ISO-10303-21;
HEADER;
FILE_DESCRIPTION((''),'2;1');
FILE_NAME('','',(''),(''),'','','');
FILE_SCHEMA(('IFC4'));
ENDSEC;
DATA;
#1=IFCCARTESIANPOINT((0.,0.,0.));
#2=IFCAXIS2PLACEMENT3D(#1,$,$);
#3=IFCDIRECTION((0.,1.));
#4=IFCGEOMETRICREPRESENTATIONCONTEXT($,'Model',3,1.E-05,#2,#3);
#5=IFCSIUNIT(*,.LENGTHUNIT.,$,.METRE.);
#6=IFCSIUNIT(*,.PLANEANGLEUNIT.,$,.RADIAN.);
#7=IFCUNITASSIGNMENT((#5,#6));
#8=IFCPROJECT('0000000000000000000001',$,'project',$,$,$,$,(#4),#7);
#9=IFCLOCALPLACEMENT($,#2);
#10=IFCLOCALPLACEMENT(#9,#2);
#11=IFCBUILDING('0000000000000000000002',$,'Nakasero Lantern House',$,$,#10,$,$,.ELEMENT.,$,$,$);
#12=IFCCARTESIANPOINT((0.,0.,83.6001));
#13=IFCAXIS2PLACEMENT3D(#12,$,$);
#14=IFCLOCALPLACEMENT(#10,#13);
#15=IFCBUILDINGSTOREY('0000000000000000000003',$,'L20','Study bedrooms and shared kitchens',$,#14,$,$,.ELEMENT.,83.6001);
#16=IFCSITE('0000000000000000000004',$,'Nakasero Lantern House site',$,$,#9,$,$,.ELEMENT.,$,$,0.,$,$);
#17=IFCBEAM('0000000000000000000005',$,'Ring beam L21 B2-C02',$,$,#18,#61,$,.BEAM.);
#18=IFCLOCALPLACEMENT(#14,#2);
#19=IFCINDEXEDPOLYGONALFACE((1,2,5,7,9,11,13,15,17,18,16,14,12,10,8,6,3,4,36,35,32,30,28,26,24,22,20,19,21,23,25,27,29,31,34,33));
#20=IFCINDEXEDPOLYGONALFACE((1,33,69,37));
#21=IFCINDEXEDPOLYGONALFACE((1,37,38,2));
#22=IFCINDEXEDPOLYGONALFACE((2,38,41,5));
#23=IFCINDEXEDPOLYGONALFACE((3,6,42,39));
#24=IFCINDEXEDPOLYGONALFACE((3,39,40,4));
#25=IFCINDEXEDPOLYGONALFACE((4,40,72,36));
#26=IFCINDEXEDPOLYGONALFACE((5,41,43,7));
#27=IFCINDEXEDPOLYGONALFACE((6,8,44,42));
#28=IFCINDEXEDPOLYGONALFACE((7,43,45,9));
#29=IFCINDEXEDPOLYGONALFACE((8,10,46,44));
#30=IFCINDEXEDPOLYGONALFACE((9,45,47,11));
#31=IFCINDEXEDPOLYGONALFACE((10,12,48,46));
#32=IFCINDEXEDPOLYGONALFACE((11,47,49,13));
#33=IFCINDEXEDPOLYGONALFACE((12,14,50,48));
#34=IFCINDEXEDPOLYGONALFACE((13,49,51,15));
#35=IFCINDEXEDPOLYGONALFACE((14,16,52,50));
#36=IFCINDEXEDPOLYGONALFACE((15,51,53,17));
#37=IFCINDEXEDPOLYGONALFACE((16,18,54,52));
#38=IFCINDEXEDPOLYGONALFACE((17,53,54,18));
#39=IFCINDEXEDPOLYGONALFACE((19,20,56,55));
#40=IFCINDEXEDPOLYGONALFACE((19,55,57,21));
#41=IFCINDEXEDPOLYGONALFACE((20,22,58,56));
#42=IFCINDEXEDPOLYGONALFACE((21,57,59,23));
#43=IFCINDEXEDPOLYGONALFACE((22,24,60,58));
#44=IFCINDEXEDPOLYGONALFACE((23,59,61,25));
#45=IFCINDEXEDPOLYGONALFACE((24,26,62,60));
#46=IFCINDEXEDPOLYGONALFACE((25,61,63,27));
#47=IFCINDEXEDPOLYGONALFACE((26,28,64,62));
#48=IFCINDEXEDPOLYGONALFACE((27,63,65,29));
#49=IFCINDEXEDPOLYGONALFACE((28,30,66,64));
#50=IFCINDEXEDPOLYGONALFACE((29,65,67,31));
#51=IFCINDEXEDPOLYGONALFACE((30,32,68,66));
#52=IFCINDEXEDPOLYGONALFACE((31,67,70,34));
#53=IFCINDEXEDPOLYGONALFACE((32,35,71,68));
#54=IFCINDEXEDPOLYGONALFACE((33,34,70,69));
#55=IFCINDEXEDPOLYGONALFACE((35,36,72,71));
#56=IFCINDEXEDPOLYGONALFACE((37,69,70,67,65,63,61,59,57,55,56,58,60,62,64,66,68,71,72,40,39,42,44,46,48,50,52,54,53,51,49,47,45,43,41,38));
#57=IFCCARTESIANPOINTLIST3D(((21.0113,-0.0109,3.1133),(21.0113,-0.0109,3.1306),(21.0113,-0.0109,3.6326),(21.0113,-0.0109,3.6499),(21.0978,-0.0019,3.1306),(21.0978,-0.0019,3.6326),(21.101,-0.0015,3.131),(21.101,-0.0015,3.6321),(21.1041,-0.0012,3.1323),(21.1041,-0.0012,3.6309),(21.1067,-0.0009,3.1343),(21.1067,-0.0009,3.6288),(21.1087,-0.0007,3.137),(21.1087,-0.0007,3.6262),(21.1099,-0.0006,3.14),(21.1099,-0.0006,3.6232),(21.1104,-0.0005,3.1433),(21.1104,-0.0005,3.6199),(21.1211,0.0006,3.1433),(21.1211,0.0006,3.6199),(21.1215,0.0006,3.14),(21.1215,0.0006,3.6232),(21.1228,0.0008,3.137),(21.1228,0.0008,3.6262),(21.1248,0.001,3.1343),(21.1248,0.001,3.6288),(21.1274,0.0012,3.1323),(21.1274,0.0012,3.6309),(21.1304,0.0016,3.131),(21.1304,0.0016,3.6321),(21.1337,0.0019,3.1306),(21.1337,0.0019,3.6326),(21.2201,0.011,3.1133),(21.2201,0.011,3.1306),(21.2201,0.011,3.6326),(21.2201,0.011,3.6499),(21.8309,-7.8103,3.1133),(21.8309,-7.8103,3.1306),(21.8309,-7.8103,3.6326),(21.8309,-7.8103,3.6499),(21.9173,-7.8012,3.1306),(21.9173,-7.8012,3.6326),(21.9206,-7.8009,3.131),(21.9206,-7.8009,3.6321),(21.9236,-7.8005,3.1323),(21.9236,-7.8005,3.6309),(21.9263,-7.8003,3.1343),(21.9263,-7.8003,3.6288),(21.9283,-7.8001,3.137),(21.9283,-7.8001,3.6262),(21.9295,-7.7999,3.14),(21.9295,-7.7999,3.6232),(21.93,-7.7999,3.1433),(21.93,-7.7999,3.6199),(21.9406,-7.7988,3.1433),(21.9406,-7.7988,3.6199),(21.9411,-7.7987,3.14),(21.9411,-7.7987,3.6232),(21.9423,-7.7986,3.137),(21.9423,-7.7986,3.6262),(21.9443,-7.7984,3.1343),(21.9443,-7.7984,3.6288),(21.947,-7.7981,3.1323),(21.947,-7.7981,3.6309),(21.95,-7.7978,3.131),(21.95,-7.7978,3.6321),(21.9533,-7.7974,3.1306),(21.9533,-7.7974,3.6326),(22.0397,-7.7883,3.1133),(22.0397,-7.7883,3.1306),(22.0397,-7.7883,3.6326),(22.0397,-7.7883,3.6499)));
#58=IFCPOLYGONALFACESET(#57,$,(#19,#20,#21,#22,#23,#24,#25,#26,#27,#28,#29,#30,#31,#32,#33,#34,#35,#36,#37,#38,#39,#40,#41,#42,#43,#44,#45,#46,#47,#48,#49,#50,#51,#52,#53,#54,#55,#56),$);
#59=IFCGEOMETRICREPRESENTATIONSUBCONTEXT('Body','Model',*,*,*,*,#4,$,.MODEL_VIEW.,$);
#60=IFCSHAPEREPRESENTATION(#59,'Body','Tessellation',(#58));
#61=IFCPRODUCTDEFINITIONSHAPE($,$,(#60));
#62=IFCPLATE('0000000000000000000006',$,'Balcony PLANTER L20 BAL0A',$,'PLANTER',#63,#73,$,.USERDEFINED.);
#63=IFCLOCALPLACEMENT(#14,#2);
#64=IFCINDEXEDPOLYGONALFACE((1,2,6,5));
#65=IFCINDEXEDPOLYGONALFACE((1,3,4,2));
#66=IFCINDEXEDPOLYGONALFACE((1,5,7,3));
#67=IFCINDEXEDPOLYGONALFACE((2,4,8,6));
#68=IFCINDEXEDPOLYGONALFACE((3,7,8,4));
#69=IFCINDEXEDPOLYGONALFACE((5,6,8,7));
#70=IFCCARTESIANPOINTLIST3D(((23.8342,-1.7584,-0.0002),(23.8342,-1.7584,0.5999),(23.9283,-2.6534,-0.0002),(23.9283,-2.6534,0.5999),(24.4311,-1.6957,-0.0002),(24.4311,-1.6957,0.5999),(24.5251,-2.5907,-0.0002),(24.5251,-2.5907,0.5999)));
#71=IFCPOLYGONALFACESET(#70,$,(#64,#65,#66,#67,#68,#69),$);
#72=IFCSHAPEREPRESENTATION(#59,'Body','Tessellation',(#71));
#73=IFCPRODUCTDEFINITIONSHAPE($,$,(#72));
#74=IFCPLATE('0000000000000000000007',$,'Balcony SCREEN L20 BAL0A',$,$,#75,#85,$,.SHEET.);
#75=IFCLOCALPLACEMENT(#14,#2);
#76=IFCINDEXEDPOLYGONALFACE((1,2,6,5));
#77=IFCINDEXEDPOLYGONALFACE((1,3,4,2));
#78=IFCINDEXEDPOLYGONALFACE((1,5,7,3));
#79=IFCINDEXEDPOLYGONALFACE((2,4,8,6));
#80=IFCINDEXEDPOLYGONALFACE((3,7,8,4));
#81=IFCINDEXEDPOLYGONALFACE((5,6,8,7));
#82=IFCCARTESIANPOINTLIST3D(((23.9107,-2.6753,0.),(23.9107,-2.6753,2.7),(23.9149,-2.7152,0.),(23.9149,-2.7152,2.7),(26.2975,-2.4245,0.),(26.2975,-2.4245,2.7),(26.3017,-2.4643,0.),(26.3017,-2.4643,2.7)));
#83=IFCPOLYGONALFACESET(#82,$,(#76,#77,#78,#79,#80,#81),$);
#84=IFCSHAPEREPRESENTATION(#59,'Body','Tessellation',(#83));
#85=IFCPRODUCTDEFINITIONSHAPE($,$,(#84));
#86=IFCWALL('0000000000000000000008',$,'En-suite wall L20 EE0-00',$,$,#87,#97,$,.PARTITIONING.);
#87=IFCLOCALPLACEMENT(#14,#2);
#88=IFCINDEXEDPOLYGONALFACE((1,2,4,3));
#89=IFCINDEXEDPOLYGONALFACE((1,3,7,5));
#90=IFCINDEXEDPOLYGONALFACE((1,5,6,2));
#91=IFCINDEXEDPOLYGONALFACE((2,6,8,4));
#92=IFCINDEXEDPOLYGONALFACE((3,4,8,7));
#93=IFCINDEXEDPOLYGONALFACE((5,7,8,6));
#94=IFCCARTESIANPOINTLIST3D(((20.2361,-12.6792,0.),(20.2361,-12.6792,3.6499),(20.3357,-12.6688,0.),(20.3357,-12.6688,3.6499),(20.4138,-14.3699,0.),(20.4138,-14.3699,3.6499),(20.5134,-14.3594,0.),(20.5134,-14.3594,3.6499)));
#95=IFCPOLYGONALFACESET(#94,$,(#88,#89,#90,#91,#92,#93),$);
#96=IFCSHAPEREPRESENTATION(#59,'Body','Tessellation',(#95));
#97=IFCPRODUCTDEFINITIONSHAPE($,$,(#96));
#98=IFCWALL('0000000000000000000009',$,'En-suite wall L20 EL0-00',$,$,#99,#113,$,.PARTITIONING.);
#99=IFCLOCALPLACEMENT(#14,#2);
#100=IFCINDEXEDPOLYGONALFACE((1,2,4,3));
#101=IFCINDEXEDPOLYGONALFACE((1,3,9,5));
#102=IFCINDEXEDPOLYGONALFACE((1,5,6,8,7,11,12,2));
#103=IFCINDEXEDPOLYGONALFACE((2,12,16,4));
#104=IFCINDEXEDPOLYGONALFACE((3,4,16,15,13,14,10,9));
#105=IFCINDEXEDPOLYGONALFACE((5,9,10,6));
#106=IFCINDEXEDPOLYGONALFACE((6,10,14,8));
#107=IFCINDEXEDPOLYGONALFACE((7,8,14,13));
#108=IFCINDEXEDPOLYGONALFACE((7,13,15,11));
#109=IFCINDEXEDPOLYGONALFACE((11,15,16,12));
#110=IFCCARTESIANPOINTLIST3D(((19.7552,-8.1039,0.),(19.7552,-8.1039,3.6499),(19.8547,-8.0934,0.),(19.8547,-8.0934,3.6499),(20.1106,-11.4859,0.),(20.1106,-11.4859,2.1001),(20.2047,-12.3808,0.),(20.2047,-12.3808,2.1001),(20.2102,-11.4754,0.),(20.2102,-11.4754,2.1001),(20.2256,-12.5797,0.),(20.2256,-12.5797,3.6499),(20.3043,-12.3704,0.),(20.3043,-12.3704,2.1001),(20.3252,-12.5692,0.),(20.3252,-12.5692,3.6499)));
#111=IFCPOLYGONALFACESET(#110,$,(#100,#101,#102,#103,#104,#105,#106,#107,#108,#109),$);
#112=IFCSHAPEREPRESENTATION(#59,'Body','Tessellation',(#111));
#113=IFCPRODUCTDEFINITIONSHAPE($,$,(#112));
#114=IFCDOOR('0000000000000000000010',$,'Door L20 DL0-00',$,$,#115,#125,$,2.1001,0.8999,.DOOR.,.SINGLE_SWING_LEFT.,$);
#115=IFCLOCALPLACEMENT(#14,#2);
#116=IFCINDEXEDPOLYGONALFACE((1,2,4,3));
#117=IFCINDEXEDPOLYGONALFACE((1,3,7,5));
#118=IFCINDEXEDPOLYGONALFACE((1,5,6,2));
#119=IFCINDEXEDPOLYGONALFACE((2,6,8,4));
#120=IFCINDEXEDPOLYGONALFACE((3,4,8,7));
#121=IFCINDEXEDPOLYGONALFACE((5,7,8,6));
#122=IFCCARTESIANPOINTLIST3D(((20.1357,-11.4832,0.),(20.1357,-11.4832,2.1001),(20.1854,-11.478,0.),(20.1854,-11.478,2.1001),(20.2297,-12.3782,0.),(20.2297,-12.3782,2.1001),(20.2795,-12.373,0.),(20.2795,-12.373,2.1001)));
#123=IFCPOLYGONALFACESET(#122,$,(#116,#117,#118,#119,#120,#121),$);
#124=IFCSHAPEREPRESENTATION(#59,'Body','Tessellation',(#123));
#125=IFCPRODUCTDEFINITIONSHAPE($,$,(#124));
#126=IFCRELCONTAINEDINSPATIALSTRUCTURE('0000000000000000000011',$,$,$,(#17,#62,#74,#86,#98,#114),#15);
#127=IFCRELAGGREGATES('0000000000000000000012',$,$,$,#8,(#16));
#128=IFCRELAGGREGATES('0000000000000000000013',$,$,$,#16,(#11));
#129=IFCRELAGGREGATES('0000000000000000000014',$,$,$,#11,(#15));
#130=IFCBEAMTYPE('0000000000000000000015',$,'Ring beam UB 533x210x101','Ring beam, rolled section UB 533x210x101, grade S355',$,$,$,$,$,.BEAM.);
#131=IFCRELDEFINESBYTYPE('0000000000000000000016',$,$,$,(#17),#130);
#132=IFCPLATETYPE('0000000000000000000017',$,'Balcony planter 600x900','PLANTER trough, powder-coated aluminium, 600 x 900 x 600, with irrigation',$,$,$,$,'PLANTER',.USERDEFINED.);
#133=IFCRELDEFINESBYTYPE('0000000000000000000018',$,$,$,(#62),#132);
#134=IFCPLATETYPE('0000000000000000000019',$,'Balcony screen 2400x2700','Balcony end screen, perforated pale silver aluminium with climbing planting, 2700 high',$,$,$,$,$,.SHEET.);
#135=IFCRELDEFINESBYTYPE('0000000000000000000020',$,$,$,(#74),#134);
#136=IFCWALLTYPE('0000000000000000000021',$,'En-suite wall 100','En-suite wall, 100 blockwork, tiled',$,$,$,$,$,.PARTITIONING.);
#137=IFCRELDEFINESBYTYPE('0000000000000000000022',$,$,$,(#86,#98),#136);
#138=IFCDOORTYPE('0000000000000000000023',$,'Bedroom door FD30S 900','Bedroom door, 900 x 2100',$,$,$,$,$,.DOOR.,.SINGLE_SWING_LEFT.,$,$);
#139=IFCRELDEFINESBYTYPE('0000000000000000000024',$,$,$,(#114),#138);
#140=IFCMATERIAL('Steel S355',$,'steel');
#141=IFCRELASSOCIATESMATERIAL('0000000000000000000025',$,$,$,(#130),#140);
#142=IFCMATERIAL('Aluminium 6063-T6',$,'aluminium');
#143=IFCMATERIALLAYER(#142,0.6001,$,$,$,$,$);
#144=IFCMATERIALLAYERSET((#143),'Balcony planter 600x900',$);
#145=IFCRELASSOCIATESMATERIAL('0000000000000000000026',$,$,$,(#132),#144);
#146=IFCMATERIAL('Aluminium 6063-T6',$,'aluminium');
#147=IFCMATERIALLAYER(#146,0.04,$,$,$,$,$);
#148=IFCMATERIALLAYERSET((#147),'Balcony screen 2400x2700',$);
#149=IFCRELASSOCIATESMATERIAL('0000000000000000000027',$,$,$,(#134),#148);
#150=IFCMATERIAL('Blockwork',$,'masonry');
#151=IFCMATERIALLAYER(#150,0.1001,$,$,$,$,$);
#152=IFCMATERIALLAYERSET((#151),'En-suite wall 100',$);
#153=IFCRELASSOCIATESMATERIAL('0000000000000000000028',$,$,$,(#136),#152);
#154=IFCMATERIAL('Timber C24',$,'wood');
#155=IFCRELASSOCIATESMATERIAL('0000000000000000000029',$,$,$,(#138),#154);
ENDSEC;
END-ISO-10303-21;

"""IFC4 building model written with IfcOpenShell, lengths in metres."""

from ifc_helpers import new_model, si_unit, direction, frame, frame_2d, origin, origin_2d, place, context, subcontext, project, spatial, rectangle, i_section, extrude, material, layer, layer_set, material_profile, profile_set, type_object, element, fill, save


model = new_model("IFC4")

# Units and contexts
model_context = context("Model", 3, precision=1e-05, world=origin(), true_north=direction((0.0, 1.0)))
body_context = subcontext(model_context, "Body", "Model", "MODEL_VIEW")
ifc_project = project(units=[si_unit("LENGTHUNIT", "METRE"), si_unit("PLANEANGLEUNIT", "RADIAN")], contexts=[model_context])

# Site, building, storey
site_placement = place(None, origin())
site = spatial("IfcSite", under=ifc_project, at=site_placement, Name="Nakasero Lantern House site", CompositionType="ELEMENT", RefElevation=0.0)
building_placement = place(site_placement, origin())
building = spatial("IfcBuilding", under=site, at=building_placement, Name="Nakasero Lantern House", CompositionType="ELEMENT")
storey_placement = place(building_placement, frame((0.0, 0.0, 83.6001)))
storey = spatial("IfcBuildingStorey", under=building, at=storey_placement, Name="L20", Description="Study bedrooms and shared kitchens", CompositionType="ELEMENT", Elevation=83.6001)

# Beam
ifc_material_1 = material(Name="Steel S355", Category="steel")
ifc_material_profile_1 = material_profile(ifc_material_1, i_section(OverallWidth=0.21, OverallDepth=0.5366, WebThickness=0.0107, FlangeThickness=0.0173, FilletRadius=0.0127, at=origin_2d()), Name="UB 533x210x101")
ifc_profile_set_1 = profile_set([ifc_material_profile_1], Name="Steel S355")
beam_type_1 = type_object("IfcBeamType", Name="Ring beam UB 533x210x101", Description="Ring beam, rolled section UB 533x210x101, grade S355", PredefinedType="BEAM", material=ifc_profile_set_1)
beam_1_placement = place(storey_placement, frame((21.9353, -7.7993, 3.3816), z_axis=(-0.104508, 0.994524, 0.0), x_axis=(-0.994524, -0.104508, 0.0)))
element("IfcBeam", 1, at=beam_1_placement, inside=storey, type_object=beam_type_1, Name="Ring beam L21 B2-C02", PredefinedType="BEAM", context=body_context, shape_type="SweptSolid", body=[
    extrude(i_section(OverallWidth=0.21, OverallDepth=0.5366, WebThickness=0.0107, FlangeThickness=0.0173, FilletRadius=0.0127, at=origin_2d()), origin(), (0.0, 0.0, 1.0), 7.8423),
])

# Plates
ifc_material_2 = material(Name="Aluminium 6063-T6", Category="aluminium")
ifc_layer_1 = layer(ifc_material_2, 0.6001)
ifc_layer_set_1 = layer_set([ifc_layer_1], Name="Balcony planter 600x900")
plate_type_1 = type_object("IfcPlateType", Name="Balcony planter 600x900", Description="PLANTER trough, powder-coated aluminium, 600 x 900 x 600, with irrigation", ElementType="PLANTER", PredefinedType="USERDEFINED", material=ifc_layer_set_1)
plate_1_placement = place(storey_placement, frame((24.1797, -2.1746, -0.0002), z_axis=(0.0, 0.0, 1.0), x_axis=(0.994522, 0.104528, 0.0)))
element("IfcPlate", 2, at=plate_1_placement, inside=storey, type_object=plate_type_1, Name="Balcony PLANTER L20 BAL0A", ObjectType="PLANTER", PredefinedType="USERDEFINED", context=body_context, shape_type="SweptSolid", body=[
    extrude(rectangle(XDim=0.6001, YDim=0.8999, at=origin_2d()), origin(), (0.0, 0.0, 1.0), 0.6001),
])
ifc_material_3 = material(Name="Aluminium 6063-T6", Category="aluminium")
ifc_layer_2 = layer(ifc_material_3, 0.04)
ifc_layer_set_2 = layer_set([ifc_layer_2], Name="Balcony screen 2400x2700")
plate_type_2 = type_object("IfcPlateType", Name="Balcony screen 2400x2700", Description="Balcony end screen, perforated pale silver aluminium with climbing planting, 2700 high", PredefinedType="SHEET", material=ifc_layer_set_2)
plate_2_placement = place(storey_placement, frame((25.1062, -2.5698, 0.0), z_axis=(0.0, 0.0, 1.0), x_axis=(0.994522, 0.104528, 0.0)))
element("IfcPlate", 3, at=plate_2_placement, inside=storey, type_object=plate_type_2, Name="Balcony SCREEN L20 BAL0A", PredefinedType="SHEET", context=body_context, shape_type="SweptSolid", body=[
    extrude(rectangle(XDim=2.3999, YDim=0.04, at=origin_2d()), origin(), (0.0, 0.0, 1.0), 2.7),
])

# Wall
ifc_material_4 = material(Name="Blockwork", Category="masonry")
ifc_layer_3 = layer(ifc_material_4, 0.1001)
ifc_layer_set_3 = layer_set([ifc_layer_3], Name="En-suite wall 100")
wall_type_1 = type_object("IfcWallType", Name="En-suite wall 100", Description="En-suite wall, 100 blockwork, tiled", PredefinedType="PARTITIONING", material=ifc_layer_set_3)
wall_1_placement = place(storey_placement, frame((20.4636, -14.3647, 0.0), z_axis=(0.0, 0.0, 1.0), x_axis=(-0.10455, 0.99452, 0.0)))
element("IfcWall", 4, at=wall_1_placement, inside=storey, type_object=wall_type_1, Name="En-suite wall L20 EE0-00", PredefinedType="PARTITIONING", context=body_context, shape_type="SweptSolid", body=[
    extrude(rectangle(XDim=1.7, YDim=0.1001, at=frame_2d((0.8501, 0.0))), origin(), (0.0, 0.0, 1.0), 3.6499),
])

# Wall, opening, door
wall_2_placement = place(storey_placement, frame((20.2754, -12.5745, 0.0), z_axis=(0.0, 0.0, 1.0), x_axis=(-0.104535, 0.994521, 0.0)))
wall_2 = element("IfcWall", 5, at=wall_2_placement, inside=storey, type_object=wall_type_1, Name="En-suite wall L20 EL0-00", PredefinedType="PARTITIONING", context=body_context, shape_type="SweptSolid", body=[
    extrude(rectangle(XDim=4.5005, YDim=0.1001, at=frame_2d((2.2502, 0.0))), origin(), (0.0, 0.0, 1.0), 3.6499),
])
opening_1_placement = place(wall_2_placement, frame((0.2, 0.0, 0.0)))
opening_1 = element("IfcOpeningElement", 6, at=opening_1_placement, cuts=wall_2, PredefinedType="OPENING", context=body_context, shape_type="SweptSolid", body=[
    extrude(rectangle(XDim=0.8999, YDim=2.1001, at=frame_2d((0.45, 1.05))), frame((0.0, 0.0701, 0.0), z_axis=(0.0, -1.0, 0.0), x_axis=(1.0, 0.0, 0.0)), (0.0, 0.0, 1.0), 0.1401),
])
ifc_material_5 = material(Name="Timber C24", Category="wood")
door_type_1 = type_object("IfcDoorType", Name="Bedroom door FD30S 900", Description="Bedroom door, 900 x 2100", OperationType="SINGLE_SWING_LEFT", PredefinedType="DOOR", material=ifc_material_5)
door_1_placement = place(opening_1_placement, origin())
door_1 = element("IfcDoor", 7, at=door_1_placement, inside=storey, type_object=door_type_1, Name="Door L20 DL0-00", OperationType="SINGLE_SWING_LEFT", OverallHeight=2.1001, OverallWidth=0.8999, PredefinedType="DOOR", context=body_context, shape_type="SweptSolid", body=[
    extrude(rectangle(XDim=0.8999, YDim=2.1001, at=frame_2d((0.45, 1.05))), frame((0.0, 0.0249, 0.0), z_axis=(0.0, -1.0, 0.0), x_axis=(1.0, 0.0, 0.0)), (0.0, 0.0, 1.0), 0.05),
])
fill(opening_1, door_1)

save(model, "model.ifc")
